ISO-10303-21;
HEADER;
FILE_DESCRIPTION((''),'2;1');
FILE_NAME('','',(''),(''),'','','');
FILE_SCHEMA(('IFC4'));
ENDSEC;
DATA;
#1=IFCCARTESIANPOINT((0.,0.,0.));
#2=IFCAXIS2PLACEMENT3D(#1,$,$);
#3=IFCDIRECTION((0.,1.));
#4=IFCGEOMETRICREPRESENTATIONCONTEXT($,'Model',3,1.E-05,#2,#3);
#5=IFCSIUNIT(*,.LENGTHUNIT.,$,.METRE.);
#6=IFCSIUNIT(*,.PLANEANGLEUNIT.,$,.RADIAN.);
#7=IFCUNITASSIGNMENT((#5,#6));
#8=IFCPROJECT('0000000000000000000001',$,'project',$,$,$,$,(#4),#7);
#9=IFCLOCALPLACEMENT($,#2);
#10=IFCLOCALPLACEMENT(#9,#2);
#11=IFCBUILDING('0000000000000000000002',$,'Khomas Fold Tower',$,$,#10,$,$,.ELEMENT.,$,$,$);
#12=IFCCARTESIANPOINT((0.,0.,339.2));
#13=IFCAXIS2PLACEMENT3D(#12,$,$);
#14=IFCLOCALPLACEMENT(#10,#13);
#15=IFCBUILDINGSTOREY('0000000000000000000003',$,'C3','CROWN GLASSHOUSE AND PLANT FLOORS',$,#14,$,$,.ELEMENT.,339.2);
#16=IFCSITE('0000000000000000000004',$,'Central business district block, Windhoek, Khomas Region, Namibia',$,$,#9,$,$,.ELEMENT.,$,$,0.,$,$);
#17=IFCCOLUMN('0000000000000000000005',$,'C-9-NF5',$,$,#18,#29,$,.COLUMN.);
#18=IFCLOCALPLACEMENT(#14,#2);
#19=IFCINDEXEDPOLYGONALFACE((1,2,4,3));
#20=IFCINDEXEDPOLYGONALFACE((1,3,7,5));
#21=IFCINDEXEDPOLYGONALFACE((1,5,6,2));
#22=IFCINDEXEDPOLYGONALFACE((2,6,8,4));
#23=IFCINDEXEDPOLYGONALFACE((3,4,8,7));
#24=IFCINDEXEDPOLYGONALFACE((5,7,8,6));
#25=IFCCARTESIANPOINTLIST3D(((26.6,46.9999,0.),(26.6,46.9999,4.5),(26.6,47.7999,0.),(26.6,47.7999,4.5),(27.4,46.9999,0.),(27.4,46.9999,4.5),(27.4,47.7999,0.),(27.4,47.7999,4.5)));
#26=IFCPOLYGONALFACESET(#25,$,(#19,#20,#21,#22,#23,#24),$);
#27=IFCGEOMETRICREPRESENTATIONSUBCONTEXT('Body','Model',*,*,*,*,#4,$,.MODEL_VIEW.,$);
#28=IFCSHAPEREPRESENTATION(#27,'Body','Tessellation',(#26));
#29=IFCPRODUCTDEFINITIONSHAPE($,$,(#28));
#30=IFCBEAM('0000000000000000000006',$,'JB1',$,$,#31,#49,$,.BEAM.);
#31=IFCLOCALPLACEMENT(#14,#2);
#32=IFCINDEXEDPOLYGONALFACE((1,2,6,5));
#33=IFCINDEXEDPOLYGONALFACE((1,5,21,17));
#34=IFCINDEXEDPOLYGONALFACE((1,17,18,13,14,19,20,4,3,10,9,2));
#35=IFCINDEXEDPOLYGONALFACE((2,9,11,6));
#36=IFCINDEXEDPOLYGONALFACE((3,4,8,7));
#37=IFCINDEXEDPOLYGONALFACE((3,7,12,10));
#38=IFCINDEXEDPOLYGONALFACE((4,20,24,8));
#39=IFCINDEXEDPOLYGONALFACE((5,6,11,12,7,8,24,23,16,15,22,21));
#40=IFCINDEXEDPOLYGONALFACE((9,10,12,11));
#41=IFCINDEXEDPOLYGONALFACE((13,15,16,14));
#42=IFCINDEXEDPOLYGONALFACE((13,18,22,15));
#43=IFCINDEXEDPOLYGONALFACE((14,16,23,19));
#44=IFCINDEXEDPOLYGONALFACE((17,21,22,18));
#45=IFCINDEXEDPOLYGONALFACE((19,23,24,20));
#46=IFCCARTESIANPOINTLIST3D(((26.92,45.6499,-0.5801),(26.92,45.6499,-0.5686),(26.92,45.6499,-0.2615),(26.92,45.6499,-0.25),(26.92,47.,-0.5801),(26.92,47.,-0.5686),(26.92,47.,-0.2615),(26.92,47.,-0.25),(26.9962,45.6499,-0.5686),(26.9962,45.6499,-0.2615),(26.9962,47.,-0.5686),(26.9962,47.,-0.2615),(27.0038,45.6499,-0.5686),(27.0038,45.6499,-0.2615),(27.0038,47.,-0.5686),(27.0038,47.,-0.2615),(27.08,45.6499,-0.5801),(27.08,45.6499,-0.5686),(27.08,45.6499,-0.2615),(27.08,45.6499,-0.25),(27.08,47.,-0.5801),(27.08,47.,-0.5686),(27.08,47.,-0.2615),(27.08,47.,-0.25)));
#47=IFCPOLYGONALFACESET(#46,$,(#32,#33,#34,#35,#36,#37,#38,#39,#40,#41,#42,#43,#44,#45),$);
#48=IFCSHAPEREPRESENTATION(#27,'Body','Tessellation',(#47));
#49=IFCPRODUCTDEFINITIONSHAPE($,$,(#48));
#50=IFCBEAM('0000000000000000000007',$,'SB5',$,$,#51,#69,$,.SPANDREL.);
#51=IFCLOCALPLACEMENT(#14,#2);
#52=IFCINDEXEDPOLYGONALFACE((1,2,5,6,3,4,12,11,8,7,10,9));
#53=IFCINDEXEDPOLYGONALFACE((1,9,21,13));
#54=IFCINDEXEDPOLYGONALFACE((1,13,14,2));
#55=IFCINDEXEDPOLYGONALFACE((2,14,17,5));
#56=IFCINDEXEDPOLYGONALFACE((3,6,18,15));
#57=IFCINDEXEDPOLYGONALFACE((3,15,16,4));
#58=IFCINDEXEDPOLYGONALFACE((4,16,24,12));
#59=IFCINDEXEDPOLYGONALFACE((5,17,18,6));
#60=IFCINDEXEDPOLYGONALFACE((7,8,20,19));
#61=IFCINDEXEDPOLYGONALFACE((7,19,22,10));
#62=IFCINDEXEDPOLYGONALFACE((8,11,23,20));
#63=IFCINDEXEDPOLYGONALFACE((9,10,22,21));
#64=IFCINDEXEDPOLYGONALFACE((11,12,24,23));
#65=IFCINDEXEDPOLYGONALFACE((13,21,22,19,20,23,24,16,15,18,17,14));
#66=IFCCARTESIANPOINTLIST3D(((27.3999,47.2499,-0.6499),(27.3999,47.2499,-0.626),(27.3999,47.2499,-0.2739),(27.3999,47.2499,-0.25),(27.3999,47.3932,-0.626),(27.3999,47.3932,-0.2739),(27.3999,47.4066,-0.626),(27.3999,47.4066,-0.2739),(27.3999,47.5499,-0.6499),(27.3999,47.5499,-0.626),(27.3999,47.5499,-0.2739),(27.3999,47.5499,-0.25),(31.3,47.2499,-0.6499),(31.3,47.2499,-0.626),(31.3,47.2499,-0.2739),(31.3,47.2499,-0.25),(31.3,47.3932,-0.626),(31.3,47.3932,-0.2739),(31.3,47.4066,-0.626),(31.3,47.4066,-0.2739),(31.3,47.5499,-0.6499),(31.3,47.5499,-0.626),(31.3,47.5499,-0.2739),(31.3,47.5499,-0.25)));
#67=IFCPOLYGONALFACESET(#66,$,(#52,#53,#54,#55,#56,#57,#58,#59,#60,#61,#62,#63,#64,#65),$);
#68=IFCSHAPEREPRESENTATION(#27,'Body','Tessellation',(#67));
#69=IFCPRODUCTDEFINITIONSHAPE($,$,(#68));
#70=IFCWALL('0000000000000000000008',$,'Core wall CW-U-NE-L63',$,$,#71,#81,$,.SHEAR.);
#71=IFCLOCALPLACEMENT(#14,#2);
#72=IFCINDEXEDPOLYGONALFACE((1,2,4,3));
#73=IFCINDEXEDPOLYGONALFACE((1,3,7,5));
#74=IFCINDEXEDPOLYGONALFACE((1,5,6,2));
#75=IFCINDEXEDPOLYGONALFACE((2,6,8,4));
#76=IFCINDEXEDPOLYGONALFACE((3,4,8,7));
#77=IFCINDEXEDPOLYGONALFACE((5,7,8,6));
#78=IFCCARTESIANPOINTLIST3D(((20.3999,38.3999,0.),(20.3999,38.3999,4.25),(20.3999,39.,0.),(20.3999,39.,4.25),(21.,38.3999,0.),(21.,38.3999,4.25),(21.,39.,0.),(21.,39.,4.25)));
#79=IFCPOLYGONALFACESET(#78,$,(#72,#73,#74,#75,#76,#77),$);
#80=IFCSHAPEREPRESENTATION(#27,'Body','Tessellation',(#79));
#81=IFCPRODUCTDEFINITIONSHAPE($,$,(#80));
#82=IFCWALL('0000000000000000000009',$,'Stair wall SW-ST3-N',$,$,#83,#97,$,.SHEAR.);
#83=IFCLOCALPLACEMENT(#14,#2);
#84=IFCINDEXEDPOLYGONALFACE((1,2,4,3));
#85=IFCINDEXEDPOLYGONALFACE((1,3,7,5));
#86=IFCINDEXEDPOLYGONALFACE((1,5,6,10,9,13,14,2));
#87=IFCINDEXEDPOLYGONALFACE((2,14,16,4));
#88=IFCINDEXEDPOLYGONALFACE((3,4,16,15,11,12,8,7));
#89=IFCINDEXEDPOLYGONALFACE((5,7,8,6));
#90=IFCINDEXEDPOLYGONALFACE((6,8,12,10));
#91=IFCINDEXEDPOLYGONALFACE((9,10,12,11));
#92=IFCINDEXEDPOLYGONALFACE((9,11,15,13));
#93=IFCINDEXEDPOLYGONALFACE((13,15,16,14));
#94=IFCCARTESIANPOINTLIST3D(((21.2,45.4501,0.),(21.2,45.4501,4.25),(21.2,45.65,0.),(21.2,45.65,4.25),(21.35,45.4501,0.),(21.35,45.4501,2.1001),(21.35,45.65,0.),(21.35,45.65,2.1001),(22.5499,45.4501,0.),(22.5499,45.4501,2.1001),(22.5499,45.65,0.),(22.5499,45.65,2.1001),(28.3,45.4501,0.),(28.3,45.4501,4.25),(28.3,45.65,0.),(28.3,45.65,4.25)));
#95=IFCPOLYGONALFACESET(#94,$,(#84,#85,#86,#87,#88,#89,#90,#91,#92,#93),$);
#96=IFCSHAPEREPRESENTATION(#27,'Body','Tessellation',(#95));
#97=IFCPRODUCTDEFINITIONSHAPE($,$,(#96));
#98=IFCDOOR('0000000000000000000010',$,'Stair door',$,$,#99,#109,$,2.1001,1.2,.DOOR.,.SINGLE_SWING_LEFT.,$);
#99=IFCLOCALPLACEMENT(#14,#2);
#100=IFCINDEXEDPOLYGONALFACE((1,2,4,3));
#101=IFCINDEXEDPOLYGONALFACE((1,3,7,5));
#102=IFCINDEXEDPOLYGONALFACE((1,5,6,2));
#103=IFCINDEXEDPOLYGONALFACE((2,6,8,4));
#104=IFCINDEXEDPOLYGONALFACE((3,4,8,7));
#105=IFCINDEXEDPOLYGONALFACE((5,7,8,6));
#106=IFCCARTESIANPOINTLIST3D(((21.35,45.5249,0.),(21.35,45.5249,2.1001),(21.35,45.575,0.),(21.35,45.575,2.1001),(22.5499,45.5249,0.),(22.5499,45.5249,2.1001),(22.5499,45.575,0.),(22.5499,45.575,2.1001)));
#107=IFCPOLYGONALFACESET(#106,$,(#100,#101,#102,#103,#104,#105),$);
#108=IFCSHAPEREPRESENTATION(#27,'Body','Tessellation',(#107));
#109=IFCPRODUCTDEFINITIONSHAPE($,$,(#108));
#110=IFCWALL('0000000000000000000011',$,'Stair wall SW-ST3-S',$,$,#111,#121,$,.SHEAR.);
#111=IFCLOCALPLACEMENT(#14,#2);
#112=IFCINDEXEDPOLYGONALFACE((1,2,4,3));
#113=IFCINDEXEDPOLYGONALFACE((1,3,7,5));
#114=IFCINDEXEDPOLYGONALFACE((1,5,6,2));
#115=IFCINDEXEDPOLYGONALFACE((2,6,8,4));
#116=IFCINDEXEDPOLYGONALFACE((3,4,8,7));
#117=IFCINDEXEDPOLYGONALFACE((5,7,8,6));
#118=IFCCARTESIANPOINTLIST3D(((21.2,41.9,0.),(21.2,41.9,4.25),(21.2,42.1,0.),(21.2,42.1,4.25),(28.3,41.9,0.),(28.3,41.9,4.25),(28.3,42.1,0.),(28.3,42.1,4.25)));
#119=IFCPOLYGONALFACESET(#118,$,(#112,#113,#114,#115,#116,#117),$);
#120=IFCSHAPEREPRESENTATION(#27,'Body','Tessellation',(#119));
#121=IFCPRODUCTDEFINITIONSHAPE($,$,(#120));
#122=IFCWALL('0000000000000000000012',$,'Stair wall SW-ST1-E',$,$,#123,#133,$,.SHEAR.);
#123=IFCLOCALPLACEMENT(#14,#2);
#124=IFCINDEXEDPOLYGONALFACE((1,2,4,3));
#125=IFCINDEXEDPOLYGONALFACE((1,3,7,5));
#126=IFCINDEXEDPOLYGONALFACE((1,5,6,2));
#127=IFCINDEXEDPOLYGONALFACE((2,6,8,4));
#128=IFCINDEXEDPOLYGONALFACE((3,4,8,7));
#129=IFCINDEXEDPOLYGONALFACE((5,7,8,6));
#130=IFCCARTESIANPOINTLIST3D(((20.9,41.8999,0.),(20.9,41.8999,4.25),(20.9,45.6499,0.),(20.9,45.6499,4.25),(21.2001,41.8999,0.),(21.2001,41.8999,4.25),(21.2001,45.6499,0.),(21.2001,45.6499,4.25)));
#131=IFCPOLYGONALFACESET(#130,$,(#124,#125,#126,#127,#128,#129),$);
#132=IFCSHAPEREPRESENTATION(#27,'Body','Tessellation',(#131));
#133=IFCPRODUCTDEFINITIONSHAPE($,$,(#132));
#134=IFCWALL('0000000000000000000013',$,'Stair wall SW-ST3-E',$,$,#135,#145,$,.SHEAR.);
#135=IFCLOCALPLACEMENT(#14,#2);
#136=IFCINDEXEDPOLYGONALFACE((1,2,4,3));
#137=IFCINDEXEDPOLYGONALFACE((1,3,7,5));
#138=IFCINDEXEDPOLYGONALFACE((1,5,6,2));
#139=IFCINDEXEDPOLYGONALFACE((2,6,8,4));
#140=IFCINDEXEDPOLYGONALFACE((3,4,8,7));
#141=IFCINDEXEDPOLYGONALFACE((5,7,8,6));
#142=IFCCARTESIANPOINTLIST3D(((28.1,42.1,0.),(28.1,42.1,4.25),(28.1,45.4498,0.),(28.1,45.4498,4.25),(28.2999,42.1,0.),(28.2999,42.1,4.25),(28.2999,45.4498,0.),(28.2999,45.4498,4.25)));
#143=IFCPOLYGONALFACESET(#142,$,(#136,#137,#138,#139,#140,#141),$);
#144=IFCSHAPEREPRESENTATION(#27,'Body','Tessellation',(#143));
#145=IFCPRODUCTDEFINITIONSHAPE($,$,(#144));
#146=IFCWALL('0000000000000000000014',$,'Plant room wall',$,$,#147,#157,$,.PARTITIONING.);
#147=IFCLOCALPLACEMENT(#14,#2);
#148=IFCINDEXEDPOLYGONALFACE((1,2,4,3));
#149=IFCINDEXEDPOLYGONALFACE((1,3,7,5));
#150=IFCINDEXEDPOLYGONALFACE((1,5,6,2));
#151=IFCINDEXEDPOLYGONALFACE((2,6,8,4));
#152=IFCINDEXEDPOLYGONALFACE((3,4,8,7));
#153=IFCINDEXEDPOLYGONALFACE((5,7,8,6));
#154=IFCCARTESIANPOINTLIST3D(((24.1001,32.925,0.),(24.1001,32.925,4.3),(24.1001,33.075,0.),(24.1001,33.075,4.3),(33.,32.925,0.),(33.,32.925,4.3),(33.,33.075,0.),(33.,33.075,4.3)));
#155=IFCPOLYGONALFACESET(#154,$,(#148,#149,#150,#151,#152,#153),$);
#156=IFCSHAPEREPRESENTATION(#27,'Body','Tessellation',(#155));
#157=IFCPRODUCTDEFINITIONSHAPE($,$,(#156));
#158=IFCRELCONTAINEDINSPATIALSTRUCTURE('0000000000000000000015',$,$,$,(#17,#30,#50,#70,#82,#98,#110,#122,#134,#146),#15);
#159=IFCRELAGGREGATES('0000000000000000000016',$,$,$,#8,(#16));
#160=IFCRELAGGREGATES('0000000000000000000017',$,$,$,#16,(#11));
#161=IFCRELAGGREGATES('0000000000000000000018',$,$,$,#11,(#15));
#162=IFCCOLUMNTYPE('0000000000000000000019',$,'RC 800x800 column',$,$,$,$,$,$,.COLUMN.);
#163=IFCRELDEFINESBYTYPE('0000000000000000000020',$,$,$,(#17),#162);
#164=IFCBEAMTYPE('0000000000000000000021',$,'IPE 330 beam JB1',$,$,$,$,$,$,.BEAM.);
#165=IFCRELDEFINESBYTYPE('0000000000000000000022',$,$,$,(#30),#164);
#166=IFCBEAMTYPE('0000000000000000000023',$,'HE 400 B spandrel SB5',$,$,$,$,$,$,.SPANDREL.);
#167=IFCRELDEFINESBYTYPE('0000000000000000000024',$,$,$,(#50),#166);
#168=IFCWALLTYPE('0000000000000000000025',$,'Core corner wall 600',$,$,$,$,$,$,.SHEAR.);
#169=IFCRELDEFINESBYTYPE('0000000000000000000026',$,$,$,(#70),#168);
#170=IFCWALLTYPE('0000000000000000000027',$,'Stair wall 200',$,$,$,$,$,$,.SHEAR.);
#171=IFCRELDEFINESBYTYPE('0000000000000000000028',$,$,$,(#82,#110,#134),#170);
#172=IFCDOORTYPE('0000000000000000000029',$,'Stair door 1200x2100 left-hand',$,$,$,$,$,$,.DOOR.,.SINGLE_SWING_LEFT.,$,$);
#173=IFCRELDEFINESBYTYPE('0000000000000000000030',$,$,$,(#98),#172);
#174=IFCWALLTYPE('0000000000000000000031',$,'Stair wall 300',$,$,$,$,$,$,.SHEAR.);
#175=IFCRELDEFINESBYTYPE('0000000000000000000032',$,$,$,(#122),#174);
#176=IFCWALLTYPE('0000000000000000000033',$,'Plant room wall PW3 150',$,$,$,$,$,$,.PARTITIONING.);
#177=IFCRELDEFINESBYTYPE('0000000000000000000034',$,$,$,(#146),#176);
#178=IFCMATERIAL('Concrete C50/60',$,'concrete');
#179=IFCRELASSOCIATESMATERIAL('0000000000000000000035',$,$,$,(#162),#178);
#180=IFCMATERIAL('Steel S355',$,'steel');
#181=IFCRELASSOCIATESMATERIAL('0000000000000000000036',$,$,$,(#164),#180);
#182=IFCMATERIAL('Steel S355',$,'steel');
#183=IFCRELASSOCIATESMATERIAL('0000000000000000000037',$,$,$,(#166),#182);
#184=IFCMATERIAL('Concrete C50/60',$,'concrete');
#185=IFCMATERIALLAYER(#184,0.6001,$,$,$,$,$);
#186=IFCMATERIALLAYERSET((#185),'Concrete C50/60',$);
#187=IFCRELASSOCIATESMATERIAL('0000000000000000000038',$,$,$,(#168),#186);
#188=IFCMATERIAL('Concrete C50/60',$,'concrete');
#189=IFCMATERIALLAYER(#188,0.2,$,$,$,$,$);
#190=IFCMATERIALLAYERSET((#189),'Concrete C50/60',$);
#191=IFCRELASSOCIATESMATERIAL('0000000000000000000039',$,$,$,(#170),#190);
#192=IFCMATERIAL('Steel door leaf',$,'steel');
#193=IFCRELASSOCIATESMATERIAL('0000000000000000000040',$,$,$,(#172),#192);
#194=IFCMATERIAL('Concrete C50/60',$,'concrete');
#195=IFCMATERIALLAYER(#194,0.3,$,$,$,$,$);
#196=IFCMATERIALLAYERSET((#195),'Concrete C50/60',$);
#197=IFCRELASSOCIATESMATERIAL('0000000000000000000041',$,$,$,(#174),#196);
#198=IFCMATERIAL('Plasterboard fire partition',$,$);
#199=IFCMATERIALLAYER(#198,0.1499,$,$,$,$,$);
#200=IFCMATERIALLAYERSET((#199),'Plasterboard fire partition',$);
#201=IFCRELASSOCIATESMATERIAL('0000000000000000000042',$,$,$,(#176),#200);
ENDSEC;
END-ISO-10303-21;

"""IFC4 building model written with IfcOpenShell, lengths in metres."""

from ifc_helpers import new_model, si_unit, direction, frame, frame_2d, origin, origin_2d, place, context, subcontext, project, spatial, rectangle, i_section, extrude, source, transform, mapped, material, layer, layer_set, material_profile, profile_set, type_object, element, fill, save


model = new_model("IFC4")

# Units and contexts
model_context = context("Model", 3, precision=1e-05, world=origin(), true_north=direction((0.0, 1.0)))
body_context = subcontext(model_context, "Body", "Model", "MODEL_VIEW")
ifc_project = project(units=[si_unit("LENGTHUNIT", "METRE"), si_unit("PLANEANGLEUNIT", "RADIAN")], contexts=[model_context])

# Site, building, storey
site_placement = place(None, origin())
site = spatial("IfcSite", under=ifc_project, at=site_placement, Name="Central business district block, Windhoek, Khomas Region, Namibia", CompositionType="ELEMENT", RefElevation=0.0)
building_placement = place(site_placement, origin())
building = spatial("IfcBuilding", under=site, at=building_placement, Name="Khomas Fold Tower", CompositionType="ELEMENT")
storey_placement = place(building_placement, frame((0.0, 0.0, 339.2)))
storey = spatial("IfcBuildingStorey", under=building, at=storey_placement, Name="C3", Description="CROWN GLASSHOUSE AND PLANT FLOORS", CompositionType="ELEMENT", Elevation=339.2)

# Column
ifc_material_1 = material(Name="Concrete C50/60", Category="concrete")
ifc_material_profile_1 = material_profile(ifc_material_1, rectangle(XDim=0.8, YDim=0.8, at=origin_2d()), Name="RC 800x800")
ifc_profile_set_1 = profile_set([ifc_material_profile_1], Name="Concrete C50/60")
column_type = type_object("IfcColumnType", Name="RC 800x800 column", PredefinedType="COLUMN", material=ifc_profile_set_1)
shared_shape_1 = source(origin(), body_context, "Body", "SweptSolid", [
    extrude(rectangle(XDim=0.8, YDim=0.8, at=origin_2d()), origin(), (0.0, 0.0, 1.0), 4.5),
])
column_placement = place(storey_placement, frame((27.0, 47.3999, 0.0), z_axis=(0.0, 0.0, 1.0), x_axis=(1.0, 0.0, 0.0)))
element("IfcColumn", 1, at=column_placement, inside=storey, type_object=column_type, Name="C-9-NF5", PredefinedType="COLUMN", context=body_context, shape_type="MappedRepresentation", body=[
    mapped(shared_shape_1, transform((0.0, 0.0, 0.0))),
])

# Beams
ifc_material_2 = material(Name="Steel S355", Category="steel")
ifc_material_profile_2 = material_profile(ifc_material_2, i_section(OverallWidth=0.1599, OverallDepth=0.3301, WebThickness=0.0076, FlangeThickness=0.0115, at=origin_2d()), Name="IPE 330")
ifc_profile_set_2 = profile_set([ifc_material_profile_2], Name="Steel S355")
beam_type_1 = type_object("IfcBeamType", Name="IPE 330 beam JB1", PredefinedType="BEAM", material=ifc_profile_set_2)
shared_shape_2 = source(origin(), body_context, "Body", "SweptSolid", [
    extrude(i_section(OverallWidth=0.1599, OverallDepth=0.3301, WebThickness=0.0076, FlangeThickness=0.0115, at=origin_2d()), origin(), (0.0, 0.0, 1.0), 1.3501),
])
beam_1_placement = place(storey_placement, frame((27.0, 45.6499, -0.415), z_axis=(0.0, 1.0, 0.0), x_axis=(-1.0, 0.0, 0.0)))
element("IfcBeam", 2, at=beam_1_placement, inside=storey, type_object=beam_type_1, Name="JB1", PredefinedType="BEAM", context=body_context, shape_type="MappedRepresentation", body=[
    mapped(shared_shape_2, transform((0.0, 0.0, 0.0))),
])
ifc_material_3 = material(Name="Steel S355", Category="steel")
ifc_material_profile_3 = material_profile(ifc_material_3, i_section(OverallWidth=0.3, OverallDepth=0.3999, WebThickness=0.0134, FlangeThickness=0.0239, at=origin_2d()), Name="HE 400 B")
ifc_profile_set_3 = profile_set([ifc_material_profile_3], Name="Steel S355")
beam_type_2 = type_object("IfcBeamType", Name="HE 400 B spandrel SB5", PredefinedType="SPANDREL", material=ifc_profile_set_3)
shared_shape_3 = source(origin(), body_context, "Body", "SweptSolid", [
    extrude(i_section(OverallWidth=0.3, OverallDepth=0.3999, WebThickness=0.0134, FlangeThickness=0.0239, at=origin_2d()), origin(), (0.0, 0.0, 1.0), 3.9001),
])
beam_2_placement = place(storey_placement, frame((27.3999, 47.3999, -0.45), z_axis=(1.0, 0.0, 0.0), x_axis=(0.0, 1.0, 0.0)))
element("IfcBeam", 3, at=beam_2_placement, inside=storey, type_object=beam_type_2, Name="SB5", PredefinedType="SPANDREL", context=body_context, shape_type="MappedRepresentation", body=[
    mapped(shared_shape_3, transform((0.0, 0.0, 0.0))),
])

# Wall
ifc_material_4 = material(Name="Concrete C50/60", Category="concrete")
ifc_layer_1 = layer(ifc_material_4, 0.6001)
ifc_layer_set_1 = layer_set([ifc_layer_1], Name="Concrete C50/60")
wall_type_1 = type_object("IfcWallType", Name="Core corner wall 600", PredefinedType="SHEAR", material=ifc_layer_set_1)
shared_shape_4 = source(origin(), body_context, "Body", "SweptSolid", [
    extrude(rectangle(XDim=0.6001, YDim=0.6001, at=frame_2d((0.3, 0.0))), origin(), (0.0, 0.0, 1.0), 4.25),
])
wall_1_placement = place(storey_placement, frame((20.3999, 38.7, 0.0), z_axis=(0.0, 0.0, 1.0), x_axis=(1.0, 0.0, 0.0)))
element("IfcWall", 4, at=wall_1_placement, inside=storey, type_object=wall_type_1, Name="Core wall CW-U-NE-L63", PredefinedType="SHEAR", context=body_context, shape_type="MappedRepresentation", body=[
    mapped(shared_shape_4, transform((0.0, 0.0, 0.0))),
])

# Wall, opening, door
ifc_material_5 = material(Name="Concrete C50/60", Category="concrete")
ifc_layer_2 = layer(ifc_material_5, 0.2)
ifc_layer_set_2 = layer_set([ifc_layer_2], Name="Concrete C50/60")
wall_type_2 = type_object("IfcWallType", Name="Stair wall 200", PredefinedType="SHEAR", material=ifc_layer_set_2)
shared_shape_5 = source(origin(), body_context, "Body", "SweptSolid", [
    extrude(rectangle(XDim=7.1001, YDim=0.2, at=frame_2d((3.55, 0.0))), origin(), (0.0, 0.0, 1.0), 4.25),
])
wall_2_placement = place(storey_placement, frame((21.2, 45.55, 0.0), z_axis=(0.0, 0.0, 1.0), x_axis=(1.0, 0.0, 0.0)))
wall_2 = element("IfcWall", 5, at=wall_2_placement, inside=storey, type_object=wall_type_2, Name="Stair wall SW-ST3-N", PredefinedType="SHEAR", context=body_context, shape_type="MappedRepresentation", body=[
    mapped(shared_shape_5, transform((0.0, 0.0, 0.0))),
])
shared_shape_6 = source(origin(), body_context, "Body", "SweptSolid", [
    extrude(rectangle(XDim=1.2, YDim=2.1001, at=frame_2d((0.6001, 1.05))), frame((0.0, 0.1099, 0.0), z_axis=(0.0, -1.0, 0.0), x_axis=(1.0, 0.0, 0.0)), (0.0, 0.0, 1.0), 0.22),
])
opening_1_placement = place(wall_2_placement, frame((0.1499, 0.0, 0.0)))
opening_1 = element("IfcOpeningElement", 6, at=opening_1_placement, cuts=wall_2, PredefinedType="OPENING", context=body_context, shape_type="MappedRepresentation", body=[
    mapped(shared_shape_6, transform((0.0, 0.0, 0.0))),
])
ifc_material_6 = material(Name="Steel door leaf", Category="steel")
door_type_1 = type_object("IfcDoorType", Name="Stair door 1200x2100 left-hand", OperationType="SINGLE_SWING_LEFT", PredefinedType="DOOR", material=ifc_material_6)
shared_shape_7 = source(origin(), body_context, "Body", "SweptSolid", [
    extrude(rectangle(XDim=1.2, YDim=2.1001, at=frame_2d((0.6001, 1.05))), frame((0.0, 0.0249, 0.0), z_axis=(0.0, -1.0, 0.0), x_axis=(1.0, 0.0, 0.0)), (0.0, 0.0, 1.0), 0.05),
])
door_1_placement = place(opening_1_placement, origin())
door_1 = element("IfcDoor", 7, at=door_1_placement, inside=storey, type_object=door_type_1, Name="Stair door", OperationType="SINGLE_SWING_LEFT", OverallHeight=2.1001, OverallWidth=1.2, PredefinedType="DOOR", context=body_context, shape_type="MappedRepresentation", body=[
    mapped(shared_shape_7, transform((0.0, 0.0, 0.0))),
])
fill(opening_1, door_1)

# Walls
wall_3_placement = place(storey_placement, frame((21.2, 42.0, 0.0), z_axis=(0.0, 0.0, 1.0), x_axis=(1.0, 0.0, 0.0)))
element("IfcWall", 8, at=wall_3_placement, inside=storey, type_object=wall_type_2, Name="Stair wall SW-ST3-S", PredefinedType="SHEAR", context=body_context, shape_type="MappedRepresentation", body=[
    mapped(shared_shape_5, transform((0.0, 0.0, 0.0))),
])
ifc_material_7 = material(Name="Concrete C50/60", Category="concrete")
ifc_layer_3 = layer(ifc_material_7, 0.3)
ifc_layer_set_3 = layer_set([ifc_layer_3], Name="Concrete C50/60")
wall_type_3 = type_object("IfcWallType", Name="Stair wall 300", PredefinedType="SHEAR", material=ifc_layer_set_3)
shared_shape_8 = source(origin(), body_context, "Body", "SweptSolid", [
    extrude(rectangle(XDim=3.75, YDim=0.3, at=frame_2d((1.875, 0.0))), origin(), (0.0, 0.0, 1.0), 4.25),
])
wall_4_placement = place(storey_placement, frame((21.05, 41.8999, 0.0), z_axis=(0.0, 0.0, 1.0), x_axis=(0.0, 1.0, 0.0)))
element("IfcWall", 9, at=wall_4_placement, inside=storey, type_object=wall_type_3, Name="Stair wall SW-ST1-E", PredefinedType="SHEAR", context=body_context, shape_type="MappedRepresentation", body=[
    mapped(shared_shape_8, transform((0.0, 0.0, 0.0))),
])
shared_shape_9 = source(origin(), body_context, "Body", "SweptSolid", [
    extrude(rectangle(XDim=3.3499, YDim=0.2, at=frame_2d((1.6748, 0.0))), origin(), (0.0, 0.0, 1.0), 4.25),
])
wall_5_placement = place(storey_placement, frame((28.2, 42.1001, 0.0), z_axis=(0.0, 0.0, 1.0), x_axis=(0.0, 1.0, 0.0)))
element("IfcWall", 10, at=wall_5_placement, inside=storey, type_object=wall_type_2, Name="Stair wall SW-ST3-E", PredefinedType="SHEAR", context=body_context, shape_type="MappedRepresentation", body=[
    mapped(shared_shape_9, transform((0.0, 0.0, 0.0))),
])
ifc_material_8 = material(Name="Plasterboard fire partition")
ifc_layer_4 = layer(ifc_material_8, 0.1499)
ifc_layer_set_4 = layer_set([ifc_layer_4], Name="Plasterboard fire partition")
wall_type_4 = type_object("IfcWallType", Name="Plant room wall PW3 150", PredefinedType="PARTITIONING", material=ifc_layer_set_4)
shared_shape_10 = source(origin(), body_context, "Body", "SweptSolid", [
    extrude(rectangle(XDim=8.8999, YDim=0.1499, at=frame_2d((4.45, 0.0))), origin(), (0.0, 0.0, 1.0), 4.3),
])
wall_6_placement = place(storey_placement, frame((24.1001, 33.0, 0.0), z_axis=(0.0, 0.0, 1.0), x_axis=(1.0, 0.0, 0.0)))
element("IfcWall", 11, at=wall_6_placement, inside=storey, type_object=wall_type_4, Name="Plant room wall", PredefinedType="PARTITIONING", context=body_context, shape_type="MappedRepresentation", body=[
    mapped(shared_shape_10, transform((0.0, 0.0, 0.0))),
])

save(model, "model.ifc")
